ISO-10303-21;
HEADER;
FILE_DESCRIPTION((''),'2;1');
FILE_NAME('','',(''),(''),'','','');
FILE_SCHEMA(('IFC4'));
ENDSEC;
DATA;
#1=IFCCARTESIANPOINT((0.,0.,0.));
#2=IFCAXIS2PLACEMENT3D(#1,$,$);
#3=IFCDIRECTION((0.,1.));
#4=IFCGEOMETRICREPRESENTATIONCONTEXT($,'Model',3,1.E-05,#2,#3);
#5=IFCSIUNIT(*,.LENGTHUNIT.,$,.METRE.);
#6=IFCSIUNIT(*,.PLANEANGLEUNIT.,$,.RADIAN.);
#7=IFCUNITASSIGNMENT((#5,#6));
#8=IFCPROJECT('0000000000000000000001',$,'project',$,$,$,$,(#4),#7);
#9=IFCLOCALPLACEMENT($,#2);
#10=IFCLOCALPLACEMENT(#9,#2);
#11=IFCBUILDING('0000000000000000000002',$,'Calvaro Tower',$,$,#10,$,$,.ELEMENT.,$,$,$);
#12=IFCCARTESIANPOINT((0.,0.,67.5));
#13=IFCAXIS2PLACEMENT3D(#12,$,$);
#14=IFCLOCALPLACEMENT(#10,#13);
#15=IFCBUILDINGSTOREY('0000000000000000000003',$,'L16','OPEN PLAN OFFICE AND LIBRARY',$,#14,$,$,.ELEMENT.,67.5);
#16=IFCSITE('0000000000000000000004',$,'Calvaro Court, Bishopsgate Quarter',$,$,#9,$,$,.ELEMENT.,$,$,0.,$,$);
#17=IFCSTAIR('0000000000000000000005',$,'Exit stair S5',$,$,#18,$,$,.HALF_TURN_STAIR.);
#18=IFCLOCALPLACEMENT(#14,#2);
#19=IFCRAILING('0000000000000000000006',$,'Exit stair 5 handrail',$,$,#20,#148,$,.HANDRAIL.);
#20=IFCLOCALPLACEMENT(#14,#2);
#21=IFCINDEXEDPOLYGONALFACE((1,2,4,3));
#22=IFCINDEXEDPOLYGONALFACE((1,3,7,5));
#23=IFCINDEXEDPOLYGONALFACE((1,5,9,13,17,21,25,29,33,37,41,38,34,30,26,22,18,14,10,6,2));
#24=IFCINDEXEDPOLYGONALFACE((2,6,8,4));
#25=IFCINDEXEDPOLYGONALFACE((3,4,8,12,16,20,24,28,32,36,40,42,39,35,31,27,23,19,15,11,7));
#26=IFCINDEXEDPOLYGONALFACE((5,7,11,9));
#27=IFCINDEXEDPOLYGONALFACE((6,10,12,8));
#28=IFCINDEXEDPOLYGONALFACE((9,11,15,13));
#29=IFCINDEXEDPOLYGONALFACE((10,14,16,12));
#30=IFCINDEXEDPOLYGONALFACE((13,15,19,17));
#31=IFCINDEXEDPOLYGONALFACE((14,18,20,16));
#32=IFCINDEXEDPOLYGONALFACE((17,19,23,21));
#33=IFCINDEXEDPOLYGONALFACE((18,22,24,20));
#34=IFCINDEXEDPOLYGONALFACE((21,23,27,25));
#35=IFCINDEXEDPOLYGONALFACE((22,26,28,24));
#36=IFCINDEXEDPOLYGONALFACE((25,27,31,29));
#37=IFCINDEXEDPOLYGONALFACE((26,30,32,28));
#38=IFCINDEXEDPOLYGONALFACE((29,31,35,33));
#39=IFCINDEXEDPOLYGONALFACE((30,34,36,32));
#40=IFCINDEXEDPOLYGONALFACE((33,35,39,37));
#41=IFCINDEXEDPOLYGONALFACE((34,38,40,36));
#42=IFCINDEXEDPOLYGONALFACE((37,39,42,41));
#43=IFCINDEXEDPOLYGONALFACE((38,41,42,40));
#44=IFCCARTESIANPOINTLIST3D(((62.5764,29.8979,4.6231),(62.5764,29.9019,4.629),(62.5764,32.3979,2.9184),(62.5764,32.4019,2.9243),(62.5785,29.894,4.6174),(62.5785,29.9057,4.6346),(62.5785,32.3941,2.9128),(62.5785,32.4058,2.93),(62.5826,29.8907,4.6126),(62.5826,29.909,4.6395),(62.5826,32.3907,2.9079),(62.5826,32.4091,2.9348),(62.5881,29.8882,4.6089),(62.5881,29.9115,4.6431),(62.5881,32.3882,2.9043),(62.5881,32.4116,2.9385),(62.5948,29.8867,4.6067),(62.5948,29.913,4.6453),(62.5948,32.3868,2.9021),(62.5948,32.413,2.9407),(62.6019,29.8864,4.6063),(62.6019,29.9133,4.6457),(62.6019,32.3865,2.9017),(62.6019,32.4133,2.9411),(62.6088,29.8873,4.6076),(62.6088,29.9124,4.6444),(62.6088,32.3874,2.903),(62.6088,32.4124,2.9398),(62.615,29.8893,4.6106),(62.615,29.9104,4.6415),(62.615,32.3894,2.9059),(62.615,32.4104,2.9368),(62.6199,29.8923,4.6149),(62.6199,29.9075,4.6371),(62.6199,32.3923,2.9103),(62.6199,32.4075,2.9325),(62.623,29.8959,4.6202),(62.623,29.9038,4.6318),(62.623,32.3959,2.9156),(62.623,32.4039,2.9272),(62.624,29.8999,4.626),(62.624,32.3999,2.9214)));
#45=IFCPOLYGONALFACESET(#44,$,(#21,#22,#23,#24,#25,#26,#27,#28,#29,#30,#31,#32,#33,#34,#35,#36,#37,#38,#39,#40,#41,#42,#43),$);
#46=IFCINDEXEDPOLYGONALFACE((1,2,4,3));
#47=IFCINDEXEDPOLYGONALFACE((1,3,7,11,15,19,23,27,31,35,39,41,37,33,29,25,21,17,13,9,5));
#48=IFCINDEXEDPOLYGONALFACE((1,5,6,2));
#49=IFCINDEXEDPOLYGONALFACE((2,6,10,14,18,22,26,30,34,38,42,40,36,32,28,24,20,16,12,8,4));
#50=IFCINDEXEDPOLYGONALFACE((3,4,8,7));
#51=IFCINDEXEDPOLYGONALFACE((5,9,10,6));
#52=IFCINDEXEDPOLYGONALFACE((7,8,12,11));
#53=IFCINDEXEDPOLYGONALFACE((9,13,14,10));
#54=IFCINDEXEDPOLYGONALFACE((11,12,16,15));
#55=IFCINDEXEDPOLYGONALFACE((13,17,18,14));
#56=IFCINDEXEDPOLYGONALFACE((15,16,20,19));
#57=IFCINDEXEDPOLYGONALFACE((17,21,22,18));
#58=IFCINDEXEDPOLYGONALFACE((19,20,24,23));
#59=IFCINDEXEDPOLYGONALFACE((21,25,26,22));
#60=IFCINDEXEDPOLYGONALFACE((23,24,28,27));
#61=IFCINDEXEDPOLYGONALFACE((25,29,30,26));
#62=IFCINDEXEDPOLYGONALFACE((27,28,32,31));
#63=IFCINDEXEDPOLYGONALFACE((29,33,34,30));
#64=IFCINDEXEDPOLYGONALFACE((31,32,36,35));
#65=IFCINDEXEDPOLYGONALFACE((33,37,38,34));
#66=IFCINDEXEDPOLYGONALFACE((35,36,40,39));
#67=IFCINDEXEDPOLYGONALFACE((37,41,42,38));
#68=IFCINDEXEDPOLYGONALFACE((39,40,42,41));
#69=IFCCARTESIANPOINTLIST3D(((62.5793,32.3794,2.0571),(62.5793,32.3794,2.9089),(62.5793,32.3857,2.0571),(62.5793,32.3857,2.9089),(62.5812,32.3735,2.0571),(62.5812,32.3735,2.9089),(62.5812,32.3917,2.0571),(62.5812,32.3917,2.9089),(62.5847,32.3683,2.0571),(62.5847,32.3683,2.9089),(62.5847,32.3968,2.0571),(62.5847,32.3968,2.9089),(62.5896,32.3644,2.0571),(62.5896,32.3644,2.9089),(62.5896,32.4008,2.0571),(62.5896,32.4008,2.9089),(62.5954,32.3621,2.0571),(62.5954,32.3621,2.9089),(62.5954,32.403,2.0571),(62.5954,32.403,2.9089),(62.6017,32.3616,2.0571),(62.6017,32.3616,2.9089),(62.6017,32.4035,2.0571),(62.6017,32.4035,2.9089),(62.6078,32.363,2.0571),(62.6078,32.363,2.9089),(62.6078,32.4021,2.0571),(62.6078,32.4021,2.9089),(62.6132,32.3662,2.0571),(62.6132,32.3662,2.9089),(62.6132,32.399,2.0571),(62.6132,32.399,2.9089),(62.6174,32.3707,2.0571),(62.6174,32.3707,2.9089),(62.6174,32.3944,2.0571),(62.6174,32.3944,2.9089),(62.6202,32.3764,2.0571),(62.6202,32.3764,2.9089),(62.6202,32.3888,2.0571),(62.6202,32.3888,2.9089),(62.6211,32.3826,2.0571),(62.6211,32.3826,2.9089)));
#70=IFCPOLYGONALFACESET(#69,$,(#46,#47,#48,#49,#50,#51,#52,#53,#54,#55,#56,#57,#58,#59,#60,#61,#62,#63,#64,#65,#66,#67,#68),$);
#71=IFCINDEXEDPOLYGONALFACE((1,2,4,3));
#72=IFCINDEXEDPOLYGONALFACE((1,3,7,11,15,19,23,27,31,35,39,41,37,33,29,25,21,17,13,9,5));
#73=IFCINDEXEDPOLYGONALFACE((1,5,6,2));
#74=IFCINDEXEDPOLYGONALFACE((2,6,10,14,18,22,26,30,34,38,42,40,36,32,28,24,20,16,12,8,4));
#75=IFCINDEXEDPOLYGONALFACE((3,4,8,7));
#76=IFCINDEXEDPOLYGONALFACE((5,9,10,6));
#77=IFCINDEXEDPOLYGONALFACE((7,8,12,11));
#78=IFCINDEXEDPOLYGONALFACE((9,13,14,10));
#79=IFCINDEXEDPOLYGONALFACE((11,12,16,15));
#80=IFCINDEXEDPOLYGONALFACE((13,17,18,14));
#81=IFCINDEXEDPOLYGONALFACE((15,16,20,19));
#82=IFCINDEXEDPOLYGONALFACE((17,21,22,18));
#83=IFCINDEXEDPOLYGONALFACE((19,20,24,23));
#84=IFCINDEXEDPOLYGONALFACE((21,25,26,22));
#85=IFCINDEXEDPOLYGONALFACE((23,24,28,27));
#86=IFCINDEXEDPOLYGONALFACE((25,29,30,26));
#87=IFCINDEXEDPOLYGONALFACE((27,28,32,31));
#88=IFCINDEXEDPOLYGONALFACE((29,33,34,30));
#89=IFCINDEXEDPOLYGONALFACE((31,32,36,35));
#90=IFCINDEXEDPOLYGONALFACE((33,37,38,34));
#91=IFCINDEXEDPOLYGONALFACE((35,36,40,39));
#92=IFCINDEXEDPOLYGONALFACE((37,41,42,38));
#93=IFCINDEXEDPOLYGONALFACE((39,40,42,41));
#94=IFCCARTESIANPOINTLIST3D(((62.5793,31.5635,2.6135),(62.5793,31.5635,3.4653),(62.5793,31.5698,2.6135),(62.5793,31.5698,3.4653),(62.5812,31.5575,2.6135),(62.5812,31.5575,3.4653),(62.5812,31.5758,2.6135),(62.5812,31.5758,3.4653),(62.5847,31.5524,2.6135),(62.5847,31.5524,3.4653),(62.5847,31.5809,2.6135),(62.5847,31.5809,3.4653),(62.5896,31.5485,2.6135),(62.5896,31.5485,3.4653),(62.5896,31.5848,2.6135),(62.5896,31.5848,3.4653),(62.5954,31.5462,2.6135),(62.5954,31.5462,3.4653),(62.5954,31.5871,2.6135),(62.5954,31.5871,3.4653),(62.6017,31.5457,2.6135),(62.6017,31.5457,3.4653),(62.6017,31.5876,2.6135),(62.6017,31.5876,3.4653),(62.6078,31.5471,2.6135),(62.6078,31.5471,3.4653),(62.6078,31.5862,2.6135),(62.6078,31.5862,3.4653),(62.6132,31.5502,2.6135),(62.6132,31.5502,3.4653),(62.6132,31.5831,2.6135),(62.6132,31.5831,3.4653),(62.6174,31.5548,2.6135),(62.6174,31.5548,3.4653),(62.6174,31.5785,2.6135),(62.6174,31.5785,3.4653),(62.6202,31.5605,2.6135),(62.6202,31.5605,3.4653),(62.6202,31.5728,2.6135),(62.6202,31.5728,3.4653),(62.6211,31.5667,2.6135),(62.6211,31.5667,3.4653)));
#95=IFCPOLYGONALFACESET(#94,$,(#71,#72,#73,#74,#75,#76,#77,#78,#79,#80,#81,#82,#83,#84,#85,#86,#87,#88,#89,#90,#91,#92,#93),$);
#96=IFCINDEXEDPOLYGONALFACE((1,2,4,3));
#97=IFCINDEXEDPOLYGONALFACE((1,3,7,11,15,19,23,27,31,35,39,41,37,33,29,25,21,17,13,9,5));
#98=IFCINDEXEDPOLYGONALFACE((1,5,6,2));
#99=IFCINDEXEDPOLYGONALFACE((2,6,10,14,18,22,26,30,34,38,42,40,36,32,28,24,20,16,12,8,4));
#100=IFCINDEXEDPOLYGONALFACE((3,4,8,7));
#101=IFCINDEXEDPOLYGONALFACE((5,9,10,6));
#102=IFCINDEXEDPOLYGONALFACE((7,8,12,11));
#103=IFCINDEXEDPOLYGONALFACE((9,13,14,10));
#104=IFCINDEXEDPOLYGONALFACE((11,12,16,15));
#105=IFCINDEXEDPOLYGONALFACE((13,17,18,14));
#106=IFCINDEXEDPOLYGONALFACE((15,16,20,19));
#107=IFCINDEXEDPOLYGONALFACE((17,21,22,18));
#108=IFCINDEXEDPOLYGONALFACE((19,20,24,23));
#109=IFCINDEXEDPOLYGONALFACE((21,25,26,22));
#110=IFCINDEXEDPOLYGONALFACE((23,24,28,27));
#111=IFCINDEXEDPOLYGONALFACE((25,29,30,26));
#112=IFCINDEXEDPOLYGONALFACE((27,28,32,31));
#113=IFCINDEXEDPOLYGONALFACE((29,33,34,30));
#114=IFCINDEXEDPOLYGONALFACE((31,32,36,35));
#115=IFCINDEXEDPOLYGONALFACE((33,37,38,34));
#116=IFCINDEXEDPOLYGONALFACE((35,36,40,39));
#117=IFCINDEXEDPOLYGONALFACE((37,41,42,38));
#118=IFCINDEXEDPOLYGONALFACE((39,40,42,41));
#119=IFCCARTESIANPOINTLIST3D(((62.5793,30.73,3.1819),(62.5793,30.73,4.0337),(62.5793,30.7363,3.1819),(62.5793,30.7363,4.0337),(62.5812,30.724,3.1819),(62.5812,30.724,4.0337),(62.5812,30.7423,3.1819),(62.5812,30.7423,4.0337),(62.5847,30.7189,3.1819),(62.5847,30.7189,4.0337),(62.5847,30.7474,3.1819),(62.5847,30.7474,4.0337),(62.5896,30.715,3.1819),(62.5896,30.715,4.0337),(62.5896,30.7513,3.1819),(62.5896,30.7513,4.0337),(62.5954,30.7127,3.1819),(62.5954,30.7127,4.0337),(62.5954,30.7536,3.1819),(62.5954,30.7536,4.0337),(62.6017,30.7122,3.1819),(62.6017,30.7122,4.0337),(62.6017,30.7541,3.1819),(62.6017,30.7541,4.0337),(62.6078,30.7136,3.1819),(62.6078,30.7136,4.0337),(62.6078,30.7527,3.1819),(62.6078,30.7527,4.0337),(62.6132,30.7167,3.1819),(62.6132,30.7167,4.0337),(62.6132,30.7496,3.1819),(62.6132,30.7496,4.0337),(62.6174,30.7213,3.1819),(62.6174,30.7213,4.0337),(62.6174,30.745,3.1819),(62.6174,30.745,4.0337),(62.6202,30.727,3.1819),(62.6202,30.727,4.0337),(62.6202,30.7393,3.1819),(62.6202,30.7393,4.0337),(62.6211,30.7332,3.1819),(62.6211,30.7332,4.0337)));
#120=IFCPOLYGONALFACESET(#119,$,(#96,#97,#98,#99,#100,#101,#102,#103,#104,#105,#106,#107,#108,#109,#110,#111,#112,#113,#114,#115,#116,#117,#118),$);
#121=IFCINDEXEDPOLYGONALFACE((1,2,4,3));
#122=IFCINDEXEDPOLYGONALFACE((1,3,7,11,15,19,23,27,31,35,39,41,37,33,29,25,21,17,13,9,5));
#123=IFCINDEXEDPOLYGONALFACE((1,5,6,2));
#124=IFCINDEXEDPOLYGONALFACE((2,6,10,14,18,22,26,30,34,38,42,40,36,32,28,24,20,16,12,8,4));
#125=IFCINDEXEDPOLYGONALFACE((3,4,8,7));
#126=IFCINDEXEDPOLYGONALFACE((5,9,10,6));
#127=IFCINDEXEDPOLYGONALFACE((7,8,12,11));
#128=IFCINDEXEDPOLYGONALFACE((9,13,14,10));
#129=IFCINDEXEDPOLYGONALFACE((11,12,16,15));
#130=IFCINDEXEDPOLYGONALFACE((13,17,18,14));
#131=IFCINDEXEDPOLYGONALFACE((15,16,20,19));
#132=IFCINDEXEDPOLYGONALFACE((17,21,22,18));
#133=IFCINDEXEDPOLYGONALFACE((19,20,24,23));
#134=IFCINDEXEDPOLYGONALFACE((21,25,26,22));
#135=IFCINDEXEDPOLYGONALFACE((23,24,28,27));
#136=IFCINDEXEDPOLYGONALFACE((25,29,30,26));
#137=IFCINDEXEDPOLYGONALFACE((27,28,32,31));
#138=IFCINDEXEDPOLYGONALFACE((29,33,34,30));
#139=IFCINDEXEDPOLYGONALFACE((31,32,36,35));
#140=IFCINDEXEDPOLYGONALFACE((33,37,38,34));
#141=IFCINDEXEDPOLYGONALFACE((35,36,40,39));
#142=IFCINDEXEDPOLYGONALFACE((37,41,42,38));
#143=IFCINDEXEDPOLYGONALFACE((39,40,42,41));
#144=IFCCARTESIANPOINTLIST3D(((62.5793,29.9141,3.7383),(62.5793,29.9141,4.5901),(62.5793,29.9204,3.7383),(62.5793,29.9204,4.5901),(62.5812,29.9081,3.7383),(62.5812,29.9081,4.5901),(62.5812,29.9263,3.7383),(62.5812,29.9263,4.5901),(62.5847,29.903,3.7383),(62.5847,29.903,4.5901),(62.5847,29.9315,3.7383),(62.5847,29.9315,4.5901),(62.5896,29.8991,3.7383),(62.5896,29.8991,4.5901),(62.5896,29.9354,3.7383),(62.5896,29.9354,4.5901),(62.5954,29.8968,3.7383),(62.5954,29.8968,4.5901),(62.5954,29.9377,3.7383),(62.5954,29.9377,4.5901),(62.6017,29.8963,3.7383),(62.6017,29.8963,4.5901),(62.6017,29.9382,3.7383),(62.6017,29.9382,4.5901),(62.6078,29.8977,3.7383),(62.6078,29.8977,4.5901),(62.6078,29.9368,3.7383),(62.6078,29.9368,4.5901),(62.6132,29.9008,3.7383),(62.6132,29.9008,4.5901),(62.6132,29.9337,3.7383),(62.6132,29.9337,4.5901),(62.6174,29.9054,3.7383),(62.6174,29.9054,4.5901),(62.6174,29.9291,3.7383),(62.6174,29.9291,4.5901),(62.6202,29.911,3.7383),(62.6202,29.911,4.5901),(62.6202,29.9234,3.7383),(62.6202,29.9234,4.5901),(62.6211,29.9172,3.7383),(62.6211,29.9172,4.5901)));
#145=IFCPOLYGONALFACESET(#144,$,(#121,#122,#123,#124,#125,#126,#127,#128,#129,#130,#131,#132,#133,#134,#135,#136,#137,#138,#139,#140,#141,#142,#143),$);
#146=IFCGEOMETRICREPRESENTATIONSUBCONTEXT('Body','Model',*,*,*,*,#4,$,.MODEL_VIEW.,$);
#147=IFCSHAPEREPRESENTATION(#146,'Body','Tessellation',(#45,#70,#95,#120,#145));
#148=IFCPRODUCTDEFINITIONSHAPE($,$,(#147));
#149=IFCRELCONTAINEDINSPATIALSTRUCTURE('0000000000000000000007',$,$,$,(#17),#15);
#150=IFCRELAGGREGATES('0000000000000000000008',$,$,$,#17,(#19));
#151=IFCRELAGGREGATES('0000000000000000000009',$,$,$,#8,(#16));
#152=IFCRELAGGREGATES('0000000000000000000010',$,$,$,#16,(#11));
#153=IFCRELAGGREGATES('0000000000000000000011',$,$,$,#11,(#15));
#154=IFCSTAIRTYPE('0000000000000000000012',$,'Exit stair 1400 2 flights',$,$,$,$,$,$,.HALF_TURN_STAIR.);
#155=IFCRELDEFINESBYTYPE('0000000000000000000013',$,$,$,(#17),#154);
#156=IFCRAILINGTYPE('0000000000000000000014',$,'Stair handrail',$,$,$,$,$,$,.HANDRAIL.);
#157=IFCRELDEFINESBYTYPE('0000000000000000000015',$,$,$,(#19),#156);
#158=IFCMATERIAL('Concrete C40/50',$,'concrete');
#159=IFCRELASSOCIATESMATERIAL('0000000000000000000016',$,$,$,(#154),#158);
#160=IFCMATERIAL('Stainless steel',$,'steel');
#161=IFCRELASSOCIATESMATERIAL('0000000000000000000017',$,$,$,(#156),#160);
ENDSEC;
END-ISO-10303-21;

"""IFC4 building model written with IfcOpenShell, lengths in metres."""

from ifc_helpers import new_model, si_unit, direction, frame, origin, origin_2d, place, context, subcontext, project, spatial, circle, extrude, material, type_object, element, aggregate, save


model = new_model("IFC4")

# Units and contexts
model_context = context("Model", 3, precision=1e-05, world=origin(), true_north=direction((0.0, 1.0)))
body_context = subcontext(model_context, "Body", "Model", "MODEL_VIEW")
ifc_project = project(units=[si_unit("LENGTHUNIT", "METRE"), si_unit("PLANEANGLEUNIT", "RADIAN")], contexts=[model_context])

# Site, building, storey
site_placement = place(None, origin())
site = spatial("IfcSite", under=ifc_project, at=site_placement, Name="Calvaro Court, Bishopsgate Quarter", CompositionType="ELEMENT", RefElevation=0.0)
building_placement = place(site_placement, origin())
building = spatial("IfcBuilding", under=site, at=building_placement, Name="Calvaro Tower", CompositionType="ELEMENT")
storey_placement = place(building_placement, frame((0.0, 0.0, 67.5)))
storey = spatial("IfcBuildingStorey", under=building, at=storey_placement, Name="L16", Description="OPEN PLAN OFFICE AND LIBRARY", CompositionType="ELEMENT", Elevation=67.5)

# Stair
ifc_material_1 = material(Name="Concrete C40/50", Category="concrete")
stair_type = type_object("IfcStairType", Name="Exit stair 1400 2 flights", PredefinedType="HALF_TURN_STAIR", material=ifc_material_1)
stair_1_placement = place(storey_placement, origin())
stair_1 = element("IfcStair", 1, at=stair_1_placement, inside=storey, type_object=stair_type, Name="Exit stair S5", PredefinedType="HALF_TURN_STAIR")

# Shared definitions
ifc_material_2 = material(Name="Stainless steel", Category="steel")
railing_type = type_object("IfcRailingType", Name="Stair handrail", PredefinedType="HANDRAIL", material=ifc_material_2)

# Railing
railing_1_placement = place(storey_placement, frame((62.6001, 32.3999, 2.0454)))
railing_1 = element("IfcRailing", 2, at=railing_1_placement, type_object=railing_type, Name="Exit stair 5 handrail", PredefinedType="HANDRAIL", context=body_context, shape_type="SweptSolid", body=[
    extrude(circle(Radius=0.0239, at=origin_2d()), frame((0.0, 0.0, 0.876), z_axis=(0.0, -0.826221, 0.563347), x_axis=(1.0, 0.0, 0.0)), (0.0, 0.0, 1.0), 3.0259),
    extrude(circle(Radius=0.021, at=origin_2d()), frame((0.0, -0.0173, 0.0117)), (0.0, 0.0, 1.0), 0.8518),
    extrude(circle(Radius=0.021, at=origin_2d()), frame((0.0, -0.8333, 0.5681)), (0.0, 0.0, 1.0), 0.8518),
    extrude(circle(Radius=0.021, at=origin_2d()), frame((0.0, -1.6667, 1.1365)), (0.0, 0.0, 1.0), 0.8518),
    extrude(circle(Radius=0.021, at=origin_2d()), frame((0.0, -2.4827, 1.6929)), (0.0, 0.0, 1.0), 0.8518),
])
aggregate(stair_1, [railing_1])

save(model, "model.ifc")
